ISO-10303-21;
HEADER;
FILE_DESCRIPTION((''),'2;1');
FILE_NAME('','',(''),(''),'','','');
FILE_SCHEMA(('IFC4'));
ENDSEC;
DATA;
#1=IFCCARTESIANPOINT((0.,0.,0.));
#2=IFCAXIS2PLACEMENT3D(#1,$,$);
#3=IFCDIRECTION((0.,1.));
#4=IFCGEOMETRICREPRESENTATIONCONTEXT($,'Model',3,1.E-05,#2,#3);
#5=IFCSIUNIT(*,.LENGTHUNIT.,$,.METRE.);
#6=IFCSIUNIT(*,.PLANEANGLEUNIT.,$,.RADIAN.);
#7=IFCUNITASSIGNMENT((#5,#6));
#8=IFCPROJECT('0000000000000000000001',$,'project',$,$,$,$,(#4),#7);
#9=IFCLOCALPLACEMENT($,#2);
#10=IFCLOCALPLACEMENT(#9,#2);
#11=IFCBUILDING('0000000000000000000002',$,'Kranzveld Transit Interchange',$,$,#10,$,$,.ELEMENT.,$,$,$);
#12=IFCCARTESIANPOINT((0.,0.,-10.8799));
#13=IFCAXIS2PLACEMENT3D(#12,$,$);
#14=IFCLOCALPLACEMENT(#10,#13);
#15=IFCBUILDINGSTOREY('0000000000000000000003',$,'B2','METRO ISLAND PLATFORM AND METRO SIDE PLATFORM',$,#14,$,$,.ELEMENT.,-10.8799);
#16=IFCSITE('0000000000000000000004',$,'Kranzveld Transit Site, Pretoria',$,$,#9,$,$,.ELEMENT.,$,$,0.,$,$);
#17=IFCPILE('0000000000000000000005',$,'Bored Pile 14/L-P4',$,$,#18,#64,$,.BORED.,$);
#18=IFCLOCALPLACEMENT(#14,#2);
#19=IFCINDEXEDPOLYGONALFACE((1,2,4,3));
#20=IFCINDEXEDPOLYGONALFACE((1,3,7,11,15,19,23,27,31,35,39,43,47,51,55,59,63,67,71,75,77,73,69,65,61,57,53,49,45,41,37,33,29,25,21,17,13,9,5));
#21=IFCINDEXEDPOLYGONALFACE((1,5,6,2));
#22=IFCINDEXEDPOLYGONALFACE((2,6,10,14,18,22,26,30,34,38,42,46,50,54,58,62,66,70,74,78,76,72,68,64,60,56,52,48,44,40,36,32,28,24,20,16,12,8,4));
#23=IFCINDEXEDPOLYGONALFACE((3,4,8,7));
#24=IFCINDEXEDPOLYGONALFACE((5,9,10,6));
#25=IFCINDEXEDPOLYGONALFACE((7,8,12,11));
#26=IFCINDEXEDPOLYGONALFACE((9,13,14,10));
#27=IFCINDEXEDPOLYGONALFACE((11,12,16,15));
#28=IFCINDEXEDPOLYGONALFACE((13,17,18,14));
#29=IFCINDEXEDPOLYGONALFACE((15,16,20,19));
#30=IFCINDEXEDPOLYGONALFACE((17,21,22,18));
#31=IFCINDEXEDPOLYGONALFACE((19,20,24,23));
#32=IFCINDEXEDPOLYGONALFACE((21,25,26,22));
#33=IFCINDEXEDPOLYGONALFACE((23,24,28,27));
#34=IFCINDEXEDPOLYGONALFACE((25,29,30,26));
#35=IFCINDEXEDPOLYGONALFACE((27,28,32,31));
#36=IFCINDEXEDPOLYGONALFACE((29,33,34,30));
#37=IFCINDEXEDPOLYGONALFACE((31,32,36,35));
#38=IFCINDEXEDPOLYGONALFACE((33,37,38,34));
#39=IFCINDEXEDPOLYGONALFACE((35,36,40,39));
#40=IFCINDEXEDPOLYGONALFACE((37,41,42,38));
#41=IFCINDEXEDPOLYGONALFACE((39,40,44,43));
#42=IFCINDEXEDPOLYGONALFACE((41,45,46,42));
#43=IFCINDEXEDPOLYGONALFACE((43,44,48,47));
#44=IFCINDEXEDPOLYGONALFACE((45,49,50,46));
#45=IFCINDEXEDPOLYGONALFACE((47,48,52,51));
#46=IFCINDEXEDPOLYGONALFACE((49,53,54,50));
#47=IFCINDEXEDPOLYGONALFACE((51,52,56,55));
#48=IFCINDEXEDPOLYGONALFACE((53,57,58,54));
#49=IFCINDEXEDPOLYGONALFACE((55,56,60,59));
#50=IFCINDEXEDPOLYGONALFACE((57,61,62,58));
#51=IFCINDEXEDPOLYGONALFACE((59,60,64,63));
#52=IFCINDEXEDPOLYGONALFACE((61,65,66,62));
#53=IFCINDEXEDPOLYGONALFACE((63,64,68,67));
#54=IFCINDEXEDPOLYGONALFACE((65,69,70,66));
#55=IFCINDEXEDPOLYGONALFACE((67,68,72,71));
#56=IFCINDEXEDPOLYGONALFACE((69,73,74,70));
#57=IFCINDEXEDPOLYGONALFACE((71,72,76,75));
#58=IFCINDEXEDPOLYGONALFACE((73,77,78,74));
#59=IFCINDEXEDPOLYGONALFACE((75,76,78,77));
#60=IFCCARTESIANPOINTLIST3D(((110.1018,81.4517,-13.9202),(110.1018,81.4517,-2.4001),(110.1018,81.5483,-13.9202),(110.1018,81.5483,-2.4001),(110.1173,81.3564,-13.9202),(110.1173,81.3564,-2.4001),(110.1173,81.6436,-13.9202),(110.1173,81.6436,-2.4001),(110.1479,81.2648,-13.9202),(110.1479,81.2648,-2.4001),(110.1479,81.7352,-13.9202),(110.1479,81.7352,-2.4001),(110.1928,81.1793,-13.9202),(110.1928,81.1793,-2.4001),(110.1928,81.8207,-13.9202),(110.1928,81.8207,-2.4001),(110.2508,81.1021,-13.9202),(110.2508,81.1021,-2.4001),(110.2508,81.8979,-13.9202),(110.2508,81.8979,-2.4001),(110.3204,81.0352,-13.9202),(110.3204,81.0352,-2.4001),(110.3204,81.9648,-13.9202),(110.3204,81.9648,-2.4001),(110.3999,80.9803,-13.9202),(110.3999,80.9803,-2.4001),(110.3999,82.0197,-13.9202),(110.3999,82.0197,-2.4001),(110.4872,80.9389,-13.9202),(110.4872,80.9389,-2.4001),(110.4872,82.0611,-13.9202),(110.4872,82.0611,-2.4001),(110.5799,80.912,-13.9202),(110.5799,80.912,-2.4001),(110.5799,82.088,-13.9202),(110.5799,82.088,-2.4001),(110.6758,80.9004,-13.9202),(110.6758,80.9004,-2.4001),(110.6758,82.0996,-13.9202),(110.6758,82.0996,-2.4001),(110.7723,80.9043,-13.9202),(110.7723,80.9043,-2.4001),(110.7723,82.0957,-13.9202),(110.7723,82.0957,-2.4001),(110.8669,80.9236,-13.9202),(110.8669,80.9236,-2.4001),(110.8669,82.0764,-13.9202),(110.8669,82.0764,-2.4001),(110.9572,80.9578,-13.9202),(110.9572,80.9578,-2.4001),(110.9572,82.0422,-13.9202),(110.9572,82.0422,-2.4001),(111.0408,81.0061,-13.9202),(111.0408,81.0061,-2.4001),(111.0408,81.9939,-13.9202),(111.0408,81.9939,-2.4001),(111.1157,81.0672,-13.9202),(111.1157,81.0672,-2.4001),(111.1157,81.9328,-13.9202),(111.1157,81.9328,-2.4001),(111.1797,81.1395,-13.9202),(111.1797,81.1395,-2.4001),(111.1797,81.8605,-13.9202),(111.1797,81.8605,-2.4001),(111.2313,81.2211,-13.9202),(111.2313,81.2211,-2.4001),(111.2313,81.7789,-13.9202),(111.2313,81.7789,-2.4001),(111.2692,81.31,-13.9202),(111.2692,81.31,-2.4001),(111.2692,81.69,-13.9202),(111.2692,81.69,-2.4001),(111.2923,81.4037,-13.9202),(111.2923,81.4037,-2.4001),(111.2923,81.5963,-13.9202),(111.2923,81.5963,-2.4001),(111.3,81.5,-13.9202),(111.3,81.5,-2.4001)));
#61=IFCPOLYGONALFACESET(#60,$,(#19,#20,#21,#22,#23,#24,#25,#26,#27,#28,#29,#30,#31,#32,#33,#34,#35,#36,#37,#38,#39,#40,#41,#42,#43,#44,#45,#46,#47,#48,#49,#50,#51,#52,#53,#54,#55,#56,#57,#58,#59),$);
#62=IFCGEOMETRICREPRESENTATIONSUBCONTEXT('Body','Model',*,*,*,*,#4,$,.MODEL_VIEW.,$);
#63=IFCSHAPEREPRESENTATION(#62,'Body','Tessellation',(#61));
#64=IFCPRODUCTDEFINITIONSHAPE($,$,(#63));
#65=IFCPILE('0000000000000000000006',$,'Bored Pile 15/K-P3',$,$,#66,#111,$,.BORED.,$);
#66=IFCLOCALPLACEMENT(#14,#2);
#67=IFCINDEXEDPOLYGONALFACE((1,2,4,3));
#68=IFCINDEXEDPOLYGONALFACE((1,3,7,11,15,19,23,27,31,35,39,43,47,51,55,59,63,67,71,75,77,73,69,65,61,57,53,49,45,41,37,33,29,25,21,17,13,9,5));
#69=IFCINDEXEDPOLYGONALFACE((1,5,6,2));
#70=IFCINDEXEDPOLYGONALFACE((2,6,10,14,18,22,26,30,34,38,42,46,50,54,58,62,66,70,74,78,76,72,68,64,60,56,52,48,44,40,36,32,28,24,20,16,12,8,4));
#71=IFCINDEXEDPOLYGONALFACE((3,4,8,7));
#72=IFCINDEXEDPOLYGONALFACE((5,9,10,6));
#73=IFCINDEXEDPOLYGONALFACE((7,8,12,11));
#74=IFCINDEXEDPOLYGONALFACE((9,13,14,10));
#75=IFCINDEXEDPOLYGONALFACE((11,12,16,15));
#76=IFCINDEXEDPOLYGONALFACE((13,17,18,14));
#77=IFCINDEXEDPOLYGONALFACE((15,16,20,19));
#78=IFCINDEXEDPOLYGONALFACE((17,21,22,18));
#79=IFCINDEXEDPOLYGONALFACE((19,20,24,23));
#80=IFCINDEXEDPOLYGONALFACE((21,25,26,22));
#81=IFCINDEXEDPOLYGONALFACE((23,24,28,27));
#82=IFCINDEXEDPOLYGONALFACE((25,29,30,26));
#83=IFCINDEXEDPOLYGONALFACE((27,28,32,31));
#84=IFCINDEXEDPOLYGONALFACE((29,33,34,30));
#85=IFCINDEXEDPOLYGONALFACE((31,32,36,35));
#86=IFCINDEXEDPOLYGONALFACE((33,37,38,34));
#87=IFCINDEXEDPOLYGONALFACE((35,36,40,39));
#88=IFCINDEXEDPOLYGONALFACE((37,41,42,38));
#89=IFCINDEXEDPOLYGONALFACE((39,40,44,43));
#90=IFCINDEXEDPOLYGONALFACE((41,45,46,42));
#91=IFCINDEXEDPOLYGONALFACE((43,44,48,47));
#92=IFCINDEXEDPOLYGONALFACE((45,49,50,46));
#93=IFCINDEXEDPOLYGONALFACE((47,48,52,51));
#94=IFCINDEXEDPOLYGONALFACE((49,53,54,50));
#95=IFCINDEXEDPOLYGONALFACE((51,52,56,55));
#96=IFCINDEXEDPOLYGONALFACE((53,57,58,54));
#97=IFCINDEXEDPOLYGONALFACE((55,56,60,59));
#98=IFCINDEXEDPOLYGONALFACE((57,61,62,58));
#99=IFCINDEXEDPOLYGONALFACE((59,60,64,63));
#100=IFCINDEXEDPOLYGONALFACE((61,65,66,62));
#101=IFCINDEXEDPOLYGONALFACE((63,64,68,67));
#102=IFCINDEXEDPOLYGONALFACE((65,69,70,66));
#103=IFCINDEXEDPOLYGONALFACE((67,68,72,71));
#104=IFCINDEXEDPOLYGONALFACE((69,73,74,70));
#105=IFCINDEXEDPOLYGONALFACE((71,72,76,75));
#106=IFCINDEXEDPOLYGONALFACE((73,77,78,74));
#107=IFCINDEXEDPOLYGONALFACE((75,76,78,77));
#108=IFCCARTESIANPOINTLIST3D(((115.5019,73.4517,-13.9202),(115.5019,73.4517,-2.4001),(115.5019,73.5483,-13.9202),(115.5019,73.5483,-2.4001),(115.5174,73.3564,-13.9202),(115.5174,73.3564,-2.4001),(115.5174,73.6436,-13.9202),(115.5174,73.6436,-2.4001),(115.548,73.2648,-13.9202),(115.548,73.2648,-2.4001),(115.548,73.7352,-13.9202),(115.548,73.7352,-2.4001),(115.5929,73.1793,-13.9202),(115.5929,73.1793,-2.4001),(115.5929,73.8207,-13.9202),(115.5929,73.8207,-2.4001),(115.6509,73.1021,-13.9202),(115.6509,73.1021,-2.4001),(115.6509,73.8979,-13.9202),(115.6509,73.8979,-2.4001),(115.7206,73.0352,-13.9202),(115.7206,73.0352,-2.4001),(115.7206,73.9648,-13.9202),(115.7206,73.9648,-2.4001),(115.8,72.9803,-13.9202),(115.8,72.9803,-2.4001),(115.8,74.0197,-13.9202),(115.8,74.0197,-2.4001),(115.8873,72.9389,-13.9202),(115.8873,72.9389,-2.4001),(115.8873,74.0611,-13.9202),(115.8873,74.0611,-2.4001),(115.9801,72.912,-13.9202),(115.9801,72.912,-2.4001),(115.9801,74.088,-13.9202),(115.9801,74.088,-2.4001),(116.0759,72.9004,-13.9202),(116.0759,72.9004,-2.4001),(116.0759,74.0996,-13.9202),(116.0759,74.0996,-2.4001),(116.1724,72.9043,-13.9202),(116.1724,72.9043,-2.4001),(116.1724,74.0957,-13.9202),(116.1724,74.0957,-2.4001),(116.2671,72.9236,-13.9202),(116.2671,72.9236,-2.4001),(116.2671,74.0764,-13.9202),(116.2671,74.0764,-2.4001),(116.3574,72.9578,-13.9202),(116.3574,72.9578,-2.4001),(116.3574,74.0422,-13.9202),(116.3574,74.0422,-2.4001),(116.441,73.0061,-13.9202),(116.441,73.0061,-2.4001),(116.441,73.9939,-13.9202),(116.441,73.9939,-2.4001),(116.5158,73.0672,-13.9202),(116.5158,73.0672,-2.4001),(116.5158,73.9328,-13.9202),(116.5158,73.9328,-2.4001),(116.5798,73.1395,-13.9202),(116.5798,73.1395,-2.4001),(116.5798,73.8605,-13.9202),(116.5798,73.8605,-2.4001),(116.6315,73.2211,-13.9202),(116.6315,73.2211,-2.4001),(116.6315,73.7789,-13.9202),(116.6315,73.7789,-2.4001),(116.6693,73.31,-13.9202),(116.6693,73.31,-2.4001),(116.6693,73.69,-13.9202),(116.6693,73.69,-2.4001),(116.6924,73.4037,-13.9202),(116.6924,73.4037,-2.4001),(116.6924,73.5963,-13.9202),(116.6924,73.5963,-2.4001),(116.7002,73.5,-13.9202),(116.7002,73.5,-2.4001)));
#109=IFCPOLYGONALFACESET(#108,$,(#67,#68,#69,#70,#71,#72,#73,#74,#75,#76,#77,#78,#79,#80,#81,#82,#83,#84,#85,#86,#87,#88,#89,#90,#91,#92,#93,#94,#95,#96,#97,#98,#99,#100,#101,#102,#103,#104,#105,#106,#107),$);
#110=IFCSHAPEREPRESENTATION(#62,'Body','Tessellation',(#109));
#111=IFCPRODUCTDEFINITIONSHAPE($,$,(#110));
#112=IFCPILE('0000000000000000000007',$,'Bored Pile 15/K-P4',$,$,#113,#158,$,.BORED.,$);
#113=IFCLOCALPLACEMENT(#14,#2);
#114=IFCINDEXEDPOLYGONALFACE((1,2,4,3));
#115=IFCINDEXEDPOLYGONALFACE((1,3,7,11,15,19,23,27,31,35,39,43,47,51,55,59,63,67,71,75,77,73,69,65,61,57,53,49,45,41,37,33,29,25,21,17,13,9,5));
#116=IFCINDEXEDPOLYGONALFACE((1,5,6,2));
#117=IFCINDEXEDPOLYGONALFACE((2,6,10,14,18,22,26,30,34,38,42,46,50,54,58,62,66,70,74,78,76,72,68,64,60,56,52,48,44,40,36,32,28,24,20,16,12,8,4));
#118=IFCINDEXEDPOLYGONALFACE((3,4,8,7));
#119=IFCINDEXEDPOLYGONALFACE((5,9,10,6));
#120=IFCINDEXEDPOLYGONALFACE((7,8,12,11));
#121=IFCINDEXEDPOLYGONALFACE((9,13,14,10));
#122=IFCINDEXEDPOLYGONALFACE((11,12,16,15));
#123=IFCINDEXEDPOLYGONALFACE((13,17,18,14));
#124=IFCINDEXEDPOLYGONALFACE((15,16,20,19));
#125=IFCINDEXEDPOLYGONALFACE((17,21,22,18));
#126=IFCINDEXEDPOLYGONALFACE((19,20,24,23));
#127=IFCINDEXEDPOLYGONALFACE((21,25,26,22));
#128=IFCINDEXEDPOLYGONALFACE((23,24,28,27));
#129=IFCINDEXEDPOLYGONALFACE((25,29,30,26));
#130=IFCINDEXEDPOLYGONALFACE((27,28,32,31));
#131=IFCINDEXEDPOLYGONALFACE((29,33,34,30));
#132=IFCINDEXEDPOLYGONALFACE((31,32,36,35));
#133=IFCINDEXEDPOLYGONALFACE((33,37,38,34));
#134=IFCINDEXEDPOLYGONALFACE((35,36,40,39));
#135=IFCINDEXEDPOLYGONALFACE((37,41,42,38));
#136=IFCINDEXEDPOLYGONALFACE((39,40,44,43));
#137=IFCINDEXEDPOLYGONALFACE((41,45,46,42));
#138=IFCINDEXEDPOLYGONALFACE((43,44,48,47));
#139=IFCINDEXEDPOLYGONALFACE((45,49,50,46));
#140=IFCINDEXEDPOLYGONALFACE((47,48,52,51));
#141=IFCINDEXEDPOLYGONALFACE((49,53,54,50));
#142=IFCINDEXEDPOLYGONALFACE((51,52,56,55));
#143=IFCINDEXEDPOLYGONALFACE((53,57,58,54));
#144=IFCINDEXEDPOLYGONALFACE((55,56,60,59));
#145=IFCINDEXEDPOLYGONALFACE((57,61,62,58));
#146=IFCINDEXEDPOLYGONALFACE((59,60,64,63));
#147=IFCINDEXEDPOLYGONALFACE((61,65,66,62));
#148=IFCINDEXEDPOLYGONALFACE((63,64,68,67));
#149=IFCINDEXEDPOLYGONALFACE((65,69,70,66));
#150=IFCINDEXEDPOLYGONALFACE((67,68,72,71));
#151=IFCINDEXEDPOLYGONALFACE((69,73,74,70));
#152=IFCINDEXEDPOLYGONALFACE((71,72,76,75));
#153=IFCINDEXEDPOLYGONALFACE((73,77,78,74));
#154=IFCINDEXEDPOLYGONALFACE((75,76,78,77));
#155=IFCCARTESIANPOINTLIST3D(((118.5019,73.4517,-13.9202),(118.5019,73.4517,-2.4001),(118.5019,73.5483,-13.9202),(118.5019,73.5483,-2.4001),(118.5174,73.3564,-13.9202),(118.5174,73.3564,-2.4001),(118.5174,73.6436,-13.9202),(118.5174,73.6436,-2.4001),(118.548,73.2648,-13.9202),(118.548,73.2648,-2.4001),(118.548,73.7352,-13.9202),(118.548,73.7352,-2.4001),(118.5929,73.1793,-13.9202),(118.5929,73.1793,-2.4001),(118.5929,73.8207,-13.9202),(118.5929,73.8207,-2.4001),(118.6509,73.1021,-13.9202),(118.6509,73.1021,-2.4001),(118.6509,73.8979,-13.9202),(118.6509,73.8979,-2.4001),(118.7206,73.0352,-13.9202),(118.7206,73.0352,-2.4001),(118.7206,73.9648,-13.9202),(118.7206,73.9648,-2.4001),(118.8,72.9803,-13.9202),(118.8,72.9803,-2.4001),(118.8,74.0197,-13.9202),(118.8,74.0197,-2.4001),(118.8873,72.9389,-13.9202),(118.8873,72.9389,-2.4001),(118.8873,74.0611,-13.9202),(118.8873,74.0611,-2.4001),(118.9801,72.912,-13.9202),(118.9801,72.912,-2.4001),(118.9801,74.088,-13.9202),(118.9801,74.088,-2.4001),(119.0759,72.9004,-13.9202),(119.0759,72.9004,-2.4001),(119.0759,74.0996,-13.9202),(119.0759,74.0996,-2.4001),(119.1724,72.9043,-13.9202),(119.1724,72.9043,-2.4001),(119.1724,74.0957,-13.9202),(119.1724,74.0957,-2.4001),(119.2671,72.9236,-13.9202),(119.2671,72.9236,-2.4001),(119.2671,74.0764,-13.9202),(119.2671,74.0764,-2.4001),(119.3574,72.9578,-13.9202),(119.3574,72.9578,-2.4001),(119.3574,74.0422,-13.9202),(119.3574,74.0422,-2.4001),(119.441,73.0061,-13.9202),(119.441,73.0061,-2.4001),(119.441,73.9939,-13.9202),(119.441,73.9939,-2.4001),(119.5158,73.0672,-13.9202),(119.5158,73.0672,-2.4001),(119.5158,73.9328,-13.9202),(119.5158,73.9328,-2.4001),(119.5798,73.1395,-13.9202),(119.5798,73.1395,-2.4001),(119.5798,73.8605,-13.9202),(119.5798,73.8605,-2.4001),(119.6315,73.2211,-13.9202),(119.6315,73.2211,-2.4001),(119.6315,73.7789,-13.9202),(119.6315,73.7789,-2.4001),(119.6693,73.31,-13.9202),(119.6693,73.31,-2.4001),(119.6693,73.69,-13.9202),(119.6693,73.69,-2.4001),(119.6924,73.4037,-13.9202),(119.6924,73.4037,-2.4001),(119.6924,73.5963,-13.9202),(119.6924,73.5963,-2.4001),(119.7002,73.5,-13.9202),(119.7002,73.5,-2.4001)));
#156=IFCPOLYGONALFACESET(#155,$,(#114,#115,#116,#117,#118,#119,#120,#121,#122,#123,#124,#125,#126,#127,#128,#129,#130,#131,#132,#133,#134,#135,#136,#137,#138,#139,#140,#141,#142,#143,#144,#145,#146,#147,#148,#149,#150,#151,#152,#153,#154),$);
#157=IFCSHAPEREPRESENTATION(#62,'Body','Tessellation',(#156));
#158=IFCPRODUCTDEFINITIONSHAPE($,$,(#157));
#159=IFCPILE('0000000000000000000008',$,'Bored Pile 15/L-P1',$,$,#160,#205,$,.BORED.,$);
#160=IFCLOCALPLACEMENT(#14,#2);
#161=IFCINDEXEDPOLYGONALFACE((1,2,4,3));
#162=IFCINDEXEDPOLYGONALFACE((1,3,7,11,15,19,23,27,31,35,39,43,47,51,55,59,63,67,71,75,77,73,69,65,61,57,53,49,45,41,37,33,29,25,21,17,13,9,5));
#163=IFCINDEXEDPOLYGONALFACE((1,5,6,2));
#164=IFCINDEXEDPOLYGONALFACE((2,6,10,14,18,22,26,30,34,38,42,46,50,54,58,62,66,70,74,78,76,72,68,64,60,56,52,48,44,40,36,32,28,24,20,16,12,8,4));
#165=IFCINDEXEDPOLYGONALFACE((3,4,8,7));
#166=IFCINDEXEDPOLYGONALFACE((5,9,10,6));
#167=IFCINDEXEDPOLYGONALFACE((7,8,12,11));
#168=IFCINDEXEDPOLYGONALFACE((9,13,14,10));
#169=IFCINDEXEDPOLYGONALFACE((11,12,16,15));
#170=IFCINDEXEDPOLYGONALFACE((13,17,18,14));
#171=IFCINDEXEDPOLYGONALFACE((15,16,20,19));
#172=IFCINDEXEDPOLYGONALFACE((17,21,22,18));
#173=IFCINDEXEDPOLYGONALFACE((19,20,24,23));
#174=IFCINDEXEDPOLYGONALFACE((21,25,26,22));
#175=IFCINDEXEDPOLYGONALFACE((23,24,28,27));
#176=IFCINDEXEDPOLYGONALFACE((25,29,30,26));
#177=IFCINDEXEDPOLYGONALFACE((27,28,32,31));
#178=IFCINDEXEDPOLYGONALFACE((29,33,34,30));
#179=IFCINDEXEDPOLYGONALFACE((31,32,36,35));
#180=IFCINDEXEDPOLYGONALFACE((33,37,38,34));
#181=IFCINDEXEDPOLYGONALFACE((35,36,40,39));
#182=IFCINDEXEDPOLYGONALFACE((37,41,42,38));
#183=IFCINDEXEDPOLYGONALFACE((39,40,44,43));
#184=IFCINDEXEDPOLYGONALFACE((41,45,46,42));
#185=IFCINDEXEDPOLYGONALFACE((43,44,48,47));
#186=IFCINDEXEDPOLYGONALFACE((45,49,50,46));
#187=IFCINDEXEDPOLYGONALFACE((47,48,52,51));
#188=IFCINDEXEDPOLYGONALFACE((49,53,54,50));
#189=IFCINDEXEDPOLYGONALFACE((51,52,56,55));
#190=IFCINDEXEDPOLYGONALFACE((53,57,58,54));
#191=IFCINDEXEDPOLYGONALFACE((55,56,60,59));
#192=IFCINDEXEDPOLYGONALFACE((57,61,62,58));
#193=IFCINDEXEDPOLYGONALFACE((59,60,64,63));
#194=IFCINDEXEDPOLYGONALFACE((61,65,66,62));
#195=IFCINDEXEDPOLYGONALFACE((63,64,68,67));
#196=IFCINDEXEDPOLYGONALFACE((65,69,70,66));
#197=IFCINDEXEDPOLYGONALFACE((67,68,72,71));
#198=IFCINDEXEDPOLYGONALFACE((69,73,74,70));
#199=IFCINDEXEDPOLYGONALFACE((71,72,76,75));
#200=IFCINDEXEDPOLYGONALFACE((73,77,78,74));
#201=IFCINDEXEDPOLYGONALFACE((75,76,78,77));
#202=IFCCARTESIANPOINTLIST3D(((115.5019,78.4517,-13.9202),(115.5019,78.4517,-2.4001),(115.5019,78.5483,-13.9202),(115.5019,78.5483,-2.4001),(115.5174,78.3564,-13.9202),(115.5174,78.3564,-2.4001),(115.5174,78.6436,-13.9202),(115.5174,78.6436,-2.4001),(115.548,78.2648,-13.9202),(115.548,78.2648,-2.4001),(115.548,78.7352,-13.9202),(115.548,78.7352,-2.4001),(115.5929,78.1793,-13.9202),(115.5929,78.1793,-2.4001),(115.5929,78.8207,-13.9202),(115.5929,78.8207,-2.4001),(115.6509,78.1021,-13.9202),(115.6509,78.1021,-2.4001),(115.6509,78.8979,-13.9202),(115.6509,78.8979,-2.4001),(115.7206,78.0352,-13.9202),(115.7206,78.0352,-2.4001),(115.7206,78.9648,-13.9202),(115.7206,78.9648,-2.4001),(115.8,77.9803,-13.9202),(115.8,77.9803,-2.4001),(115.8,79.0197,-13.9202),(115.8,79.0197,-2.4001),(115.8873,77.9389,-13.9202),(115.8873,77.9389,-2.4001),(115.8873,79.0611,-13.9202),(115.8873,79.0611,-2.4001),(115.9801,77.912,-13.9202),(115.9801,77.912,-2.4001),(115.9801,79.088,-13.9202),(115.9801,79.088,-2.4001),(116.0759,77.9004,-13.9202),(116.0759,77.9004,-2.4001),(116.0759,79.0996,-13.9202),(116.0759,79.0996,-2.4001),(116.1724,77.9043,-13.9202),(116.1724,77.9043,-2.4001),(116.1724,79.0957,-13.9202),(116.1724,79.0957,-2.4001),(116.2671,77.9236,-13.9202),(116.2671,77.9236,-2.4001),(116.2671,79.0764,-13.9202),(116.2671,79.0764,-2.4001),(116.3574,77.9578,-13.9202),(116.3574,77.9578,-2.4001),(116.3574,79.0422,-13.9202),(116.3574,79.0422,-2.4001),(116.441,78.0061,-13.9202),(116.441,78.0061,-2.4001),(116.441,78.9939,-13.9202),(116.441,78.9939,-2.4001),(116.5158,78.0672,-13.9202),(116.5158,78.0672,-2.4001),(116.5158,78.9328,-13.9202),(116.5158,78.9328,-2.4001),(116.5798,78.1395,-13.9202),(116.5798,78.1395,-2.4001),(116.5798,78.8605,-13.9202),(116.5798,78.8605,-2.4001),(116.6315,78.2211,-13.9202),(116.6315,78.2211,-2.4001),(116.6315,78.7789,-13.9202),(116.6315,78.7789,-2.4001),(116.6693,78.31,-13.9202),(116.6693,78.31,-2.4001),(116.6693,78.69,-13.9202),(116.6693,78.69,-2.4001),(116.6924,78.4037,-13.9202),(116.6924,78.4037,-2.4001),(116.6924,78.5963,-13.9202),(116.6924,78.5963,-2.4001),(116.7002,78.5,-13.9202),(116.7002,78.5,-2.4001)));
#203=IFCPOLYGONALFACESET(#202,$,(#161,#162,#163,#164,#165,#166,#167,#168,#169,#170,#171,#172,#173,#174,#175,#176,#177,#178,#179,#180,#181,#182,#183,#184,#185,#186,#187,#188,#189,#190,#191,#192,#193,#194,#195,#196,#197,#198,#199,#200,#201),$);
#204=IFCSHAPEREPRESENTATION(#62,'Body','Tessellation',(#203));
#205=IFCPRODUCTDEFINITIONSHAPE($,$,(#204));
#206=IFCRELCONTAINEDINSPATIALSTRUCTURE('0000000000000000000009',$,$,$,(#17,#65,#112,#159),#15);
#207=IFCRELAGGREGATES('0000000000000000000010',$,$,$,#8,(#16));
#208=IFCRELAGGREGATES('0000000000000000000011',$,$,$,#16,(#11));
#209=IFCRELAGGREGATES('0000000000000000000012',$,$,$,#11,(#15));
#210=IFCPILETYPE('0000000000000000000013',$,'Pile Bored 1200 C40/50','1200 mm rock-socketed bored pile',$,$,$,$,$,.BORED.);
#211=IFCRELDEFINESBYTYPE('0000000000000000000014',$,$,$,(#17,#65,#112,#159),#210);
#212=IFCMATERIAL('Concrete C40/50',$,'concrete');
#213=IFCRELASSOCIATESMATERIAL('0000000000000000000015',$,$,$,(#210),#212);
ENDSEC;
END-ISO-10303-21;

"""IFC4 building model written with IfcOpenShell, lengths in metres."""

from ifc_helpers import new_model, si_unit, direction, frame, origin, origin_2d, place, context, subcontext, project, spatial, circle, extrude, material, material_profile, profile_set, type_object, element, save


model = new_model("IFC4")

# Units and contexts
model_context = context("Model", 3, precision=1e-05, world=origin(), true_north=direction((0.0, 1.0)))
body_context = subcontext(model_context, "Body", "Model", "MODEL_VIEW")
ifc_project = project(units=[si_unit("LENGTHUNIT", "METRE"), si_unit("PLANEANGLEUNIT", "RADIAN")], contexts=[model_context])

# Site, building, storey
site_placement = place(None, origin())
site = spatial("IfcSite", under=ifc_project, at=site_placement, Name="Kranzveld Transit Site, Pretoria", CompositionType="ELEMENT", RefElevation=0.0)
building_placement = place(site_placement, origin())
building = spatial("IfcBuilding", under=site, at=building_placement, Name="Kranzveld Transit Interchange", CompositionType="ELEMENT")
storey_placement = place(building_placement, frame((0.0, 0.0, -10.8799)))
storey = spatial("IfcBuildingStorey", under=building, at=storey_placement, Name="B2", Description="METRO ISLAND PLATFORM AND METRO SIDE PLATFORM", CompositionType="ELEMENT", Elevation=-10.8799)

# Piles
ifc_material_1 = material(Name="Concrete C40/50", Category="concrete")
ifc_material_profile_1 = material_profile(ifc_material_1, circle(Radius=0.6001, at=origin_2d()), Name="BORED PILE 1200")
ifc_profile_set_1 = profile_set([ifc_material_profile_1], Name="Concrete C40/50")
pile_type_1 = type_object("IfcPileType", Name="Pile Bored 1200 C40/50", Description="1200 mm rock-socketed bored pile", PredefinedType="BORED", material=ifc_profile_set_1)
for number, where, z_axis, x_axis, name in (
    (1, (110.7, 81.5, -2.4001), (0.0, 0.0, -1.0), (1.0, 0.0, 0.0), "Bored Pile 14/L-P4"),
    (2, (116.1001, 73.5, -2.4001), (0.0, 0.0, -1.0), (1.0, 0.0, 0.0), "Bored Pile 15/K-P3"),
    (3, (119.1001, 73.5, -2.4001), (0.0, 0.0, -1.0), (1.0, 0.0, 0.0), "Bored Pile 15/K-P4"),
    (4, (116.1001, 78.5, -2.4001), (0.0, 0.0, -1.0), (1.0, 0.0, 0.0), "Bored Pile 15/L-P1"),
):
    element("IfcPile", number, at=place(storey_placement, frame(where, z_axis=z_axis, x_axis=x_axis)), inside=storey, type_object=pile_type_1, Name=name, PredefinedType="BORED", context=body_context, shape_type="SweptSolid", body=[
        extrude(circle(Radius=0.6001, at=origin_2d()), origin(), (0.0, 0.0, 1.0), 11.52),
    ])

save(model, "model.ifc")
